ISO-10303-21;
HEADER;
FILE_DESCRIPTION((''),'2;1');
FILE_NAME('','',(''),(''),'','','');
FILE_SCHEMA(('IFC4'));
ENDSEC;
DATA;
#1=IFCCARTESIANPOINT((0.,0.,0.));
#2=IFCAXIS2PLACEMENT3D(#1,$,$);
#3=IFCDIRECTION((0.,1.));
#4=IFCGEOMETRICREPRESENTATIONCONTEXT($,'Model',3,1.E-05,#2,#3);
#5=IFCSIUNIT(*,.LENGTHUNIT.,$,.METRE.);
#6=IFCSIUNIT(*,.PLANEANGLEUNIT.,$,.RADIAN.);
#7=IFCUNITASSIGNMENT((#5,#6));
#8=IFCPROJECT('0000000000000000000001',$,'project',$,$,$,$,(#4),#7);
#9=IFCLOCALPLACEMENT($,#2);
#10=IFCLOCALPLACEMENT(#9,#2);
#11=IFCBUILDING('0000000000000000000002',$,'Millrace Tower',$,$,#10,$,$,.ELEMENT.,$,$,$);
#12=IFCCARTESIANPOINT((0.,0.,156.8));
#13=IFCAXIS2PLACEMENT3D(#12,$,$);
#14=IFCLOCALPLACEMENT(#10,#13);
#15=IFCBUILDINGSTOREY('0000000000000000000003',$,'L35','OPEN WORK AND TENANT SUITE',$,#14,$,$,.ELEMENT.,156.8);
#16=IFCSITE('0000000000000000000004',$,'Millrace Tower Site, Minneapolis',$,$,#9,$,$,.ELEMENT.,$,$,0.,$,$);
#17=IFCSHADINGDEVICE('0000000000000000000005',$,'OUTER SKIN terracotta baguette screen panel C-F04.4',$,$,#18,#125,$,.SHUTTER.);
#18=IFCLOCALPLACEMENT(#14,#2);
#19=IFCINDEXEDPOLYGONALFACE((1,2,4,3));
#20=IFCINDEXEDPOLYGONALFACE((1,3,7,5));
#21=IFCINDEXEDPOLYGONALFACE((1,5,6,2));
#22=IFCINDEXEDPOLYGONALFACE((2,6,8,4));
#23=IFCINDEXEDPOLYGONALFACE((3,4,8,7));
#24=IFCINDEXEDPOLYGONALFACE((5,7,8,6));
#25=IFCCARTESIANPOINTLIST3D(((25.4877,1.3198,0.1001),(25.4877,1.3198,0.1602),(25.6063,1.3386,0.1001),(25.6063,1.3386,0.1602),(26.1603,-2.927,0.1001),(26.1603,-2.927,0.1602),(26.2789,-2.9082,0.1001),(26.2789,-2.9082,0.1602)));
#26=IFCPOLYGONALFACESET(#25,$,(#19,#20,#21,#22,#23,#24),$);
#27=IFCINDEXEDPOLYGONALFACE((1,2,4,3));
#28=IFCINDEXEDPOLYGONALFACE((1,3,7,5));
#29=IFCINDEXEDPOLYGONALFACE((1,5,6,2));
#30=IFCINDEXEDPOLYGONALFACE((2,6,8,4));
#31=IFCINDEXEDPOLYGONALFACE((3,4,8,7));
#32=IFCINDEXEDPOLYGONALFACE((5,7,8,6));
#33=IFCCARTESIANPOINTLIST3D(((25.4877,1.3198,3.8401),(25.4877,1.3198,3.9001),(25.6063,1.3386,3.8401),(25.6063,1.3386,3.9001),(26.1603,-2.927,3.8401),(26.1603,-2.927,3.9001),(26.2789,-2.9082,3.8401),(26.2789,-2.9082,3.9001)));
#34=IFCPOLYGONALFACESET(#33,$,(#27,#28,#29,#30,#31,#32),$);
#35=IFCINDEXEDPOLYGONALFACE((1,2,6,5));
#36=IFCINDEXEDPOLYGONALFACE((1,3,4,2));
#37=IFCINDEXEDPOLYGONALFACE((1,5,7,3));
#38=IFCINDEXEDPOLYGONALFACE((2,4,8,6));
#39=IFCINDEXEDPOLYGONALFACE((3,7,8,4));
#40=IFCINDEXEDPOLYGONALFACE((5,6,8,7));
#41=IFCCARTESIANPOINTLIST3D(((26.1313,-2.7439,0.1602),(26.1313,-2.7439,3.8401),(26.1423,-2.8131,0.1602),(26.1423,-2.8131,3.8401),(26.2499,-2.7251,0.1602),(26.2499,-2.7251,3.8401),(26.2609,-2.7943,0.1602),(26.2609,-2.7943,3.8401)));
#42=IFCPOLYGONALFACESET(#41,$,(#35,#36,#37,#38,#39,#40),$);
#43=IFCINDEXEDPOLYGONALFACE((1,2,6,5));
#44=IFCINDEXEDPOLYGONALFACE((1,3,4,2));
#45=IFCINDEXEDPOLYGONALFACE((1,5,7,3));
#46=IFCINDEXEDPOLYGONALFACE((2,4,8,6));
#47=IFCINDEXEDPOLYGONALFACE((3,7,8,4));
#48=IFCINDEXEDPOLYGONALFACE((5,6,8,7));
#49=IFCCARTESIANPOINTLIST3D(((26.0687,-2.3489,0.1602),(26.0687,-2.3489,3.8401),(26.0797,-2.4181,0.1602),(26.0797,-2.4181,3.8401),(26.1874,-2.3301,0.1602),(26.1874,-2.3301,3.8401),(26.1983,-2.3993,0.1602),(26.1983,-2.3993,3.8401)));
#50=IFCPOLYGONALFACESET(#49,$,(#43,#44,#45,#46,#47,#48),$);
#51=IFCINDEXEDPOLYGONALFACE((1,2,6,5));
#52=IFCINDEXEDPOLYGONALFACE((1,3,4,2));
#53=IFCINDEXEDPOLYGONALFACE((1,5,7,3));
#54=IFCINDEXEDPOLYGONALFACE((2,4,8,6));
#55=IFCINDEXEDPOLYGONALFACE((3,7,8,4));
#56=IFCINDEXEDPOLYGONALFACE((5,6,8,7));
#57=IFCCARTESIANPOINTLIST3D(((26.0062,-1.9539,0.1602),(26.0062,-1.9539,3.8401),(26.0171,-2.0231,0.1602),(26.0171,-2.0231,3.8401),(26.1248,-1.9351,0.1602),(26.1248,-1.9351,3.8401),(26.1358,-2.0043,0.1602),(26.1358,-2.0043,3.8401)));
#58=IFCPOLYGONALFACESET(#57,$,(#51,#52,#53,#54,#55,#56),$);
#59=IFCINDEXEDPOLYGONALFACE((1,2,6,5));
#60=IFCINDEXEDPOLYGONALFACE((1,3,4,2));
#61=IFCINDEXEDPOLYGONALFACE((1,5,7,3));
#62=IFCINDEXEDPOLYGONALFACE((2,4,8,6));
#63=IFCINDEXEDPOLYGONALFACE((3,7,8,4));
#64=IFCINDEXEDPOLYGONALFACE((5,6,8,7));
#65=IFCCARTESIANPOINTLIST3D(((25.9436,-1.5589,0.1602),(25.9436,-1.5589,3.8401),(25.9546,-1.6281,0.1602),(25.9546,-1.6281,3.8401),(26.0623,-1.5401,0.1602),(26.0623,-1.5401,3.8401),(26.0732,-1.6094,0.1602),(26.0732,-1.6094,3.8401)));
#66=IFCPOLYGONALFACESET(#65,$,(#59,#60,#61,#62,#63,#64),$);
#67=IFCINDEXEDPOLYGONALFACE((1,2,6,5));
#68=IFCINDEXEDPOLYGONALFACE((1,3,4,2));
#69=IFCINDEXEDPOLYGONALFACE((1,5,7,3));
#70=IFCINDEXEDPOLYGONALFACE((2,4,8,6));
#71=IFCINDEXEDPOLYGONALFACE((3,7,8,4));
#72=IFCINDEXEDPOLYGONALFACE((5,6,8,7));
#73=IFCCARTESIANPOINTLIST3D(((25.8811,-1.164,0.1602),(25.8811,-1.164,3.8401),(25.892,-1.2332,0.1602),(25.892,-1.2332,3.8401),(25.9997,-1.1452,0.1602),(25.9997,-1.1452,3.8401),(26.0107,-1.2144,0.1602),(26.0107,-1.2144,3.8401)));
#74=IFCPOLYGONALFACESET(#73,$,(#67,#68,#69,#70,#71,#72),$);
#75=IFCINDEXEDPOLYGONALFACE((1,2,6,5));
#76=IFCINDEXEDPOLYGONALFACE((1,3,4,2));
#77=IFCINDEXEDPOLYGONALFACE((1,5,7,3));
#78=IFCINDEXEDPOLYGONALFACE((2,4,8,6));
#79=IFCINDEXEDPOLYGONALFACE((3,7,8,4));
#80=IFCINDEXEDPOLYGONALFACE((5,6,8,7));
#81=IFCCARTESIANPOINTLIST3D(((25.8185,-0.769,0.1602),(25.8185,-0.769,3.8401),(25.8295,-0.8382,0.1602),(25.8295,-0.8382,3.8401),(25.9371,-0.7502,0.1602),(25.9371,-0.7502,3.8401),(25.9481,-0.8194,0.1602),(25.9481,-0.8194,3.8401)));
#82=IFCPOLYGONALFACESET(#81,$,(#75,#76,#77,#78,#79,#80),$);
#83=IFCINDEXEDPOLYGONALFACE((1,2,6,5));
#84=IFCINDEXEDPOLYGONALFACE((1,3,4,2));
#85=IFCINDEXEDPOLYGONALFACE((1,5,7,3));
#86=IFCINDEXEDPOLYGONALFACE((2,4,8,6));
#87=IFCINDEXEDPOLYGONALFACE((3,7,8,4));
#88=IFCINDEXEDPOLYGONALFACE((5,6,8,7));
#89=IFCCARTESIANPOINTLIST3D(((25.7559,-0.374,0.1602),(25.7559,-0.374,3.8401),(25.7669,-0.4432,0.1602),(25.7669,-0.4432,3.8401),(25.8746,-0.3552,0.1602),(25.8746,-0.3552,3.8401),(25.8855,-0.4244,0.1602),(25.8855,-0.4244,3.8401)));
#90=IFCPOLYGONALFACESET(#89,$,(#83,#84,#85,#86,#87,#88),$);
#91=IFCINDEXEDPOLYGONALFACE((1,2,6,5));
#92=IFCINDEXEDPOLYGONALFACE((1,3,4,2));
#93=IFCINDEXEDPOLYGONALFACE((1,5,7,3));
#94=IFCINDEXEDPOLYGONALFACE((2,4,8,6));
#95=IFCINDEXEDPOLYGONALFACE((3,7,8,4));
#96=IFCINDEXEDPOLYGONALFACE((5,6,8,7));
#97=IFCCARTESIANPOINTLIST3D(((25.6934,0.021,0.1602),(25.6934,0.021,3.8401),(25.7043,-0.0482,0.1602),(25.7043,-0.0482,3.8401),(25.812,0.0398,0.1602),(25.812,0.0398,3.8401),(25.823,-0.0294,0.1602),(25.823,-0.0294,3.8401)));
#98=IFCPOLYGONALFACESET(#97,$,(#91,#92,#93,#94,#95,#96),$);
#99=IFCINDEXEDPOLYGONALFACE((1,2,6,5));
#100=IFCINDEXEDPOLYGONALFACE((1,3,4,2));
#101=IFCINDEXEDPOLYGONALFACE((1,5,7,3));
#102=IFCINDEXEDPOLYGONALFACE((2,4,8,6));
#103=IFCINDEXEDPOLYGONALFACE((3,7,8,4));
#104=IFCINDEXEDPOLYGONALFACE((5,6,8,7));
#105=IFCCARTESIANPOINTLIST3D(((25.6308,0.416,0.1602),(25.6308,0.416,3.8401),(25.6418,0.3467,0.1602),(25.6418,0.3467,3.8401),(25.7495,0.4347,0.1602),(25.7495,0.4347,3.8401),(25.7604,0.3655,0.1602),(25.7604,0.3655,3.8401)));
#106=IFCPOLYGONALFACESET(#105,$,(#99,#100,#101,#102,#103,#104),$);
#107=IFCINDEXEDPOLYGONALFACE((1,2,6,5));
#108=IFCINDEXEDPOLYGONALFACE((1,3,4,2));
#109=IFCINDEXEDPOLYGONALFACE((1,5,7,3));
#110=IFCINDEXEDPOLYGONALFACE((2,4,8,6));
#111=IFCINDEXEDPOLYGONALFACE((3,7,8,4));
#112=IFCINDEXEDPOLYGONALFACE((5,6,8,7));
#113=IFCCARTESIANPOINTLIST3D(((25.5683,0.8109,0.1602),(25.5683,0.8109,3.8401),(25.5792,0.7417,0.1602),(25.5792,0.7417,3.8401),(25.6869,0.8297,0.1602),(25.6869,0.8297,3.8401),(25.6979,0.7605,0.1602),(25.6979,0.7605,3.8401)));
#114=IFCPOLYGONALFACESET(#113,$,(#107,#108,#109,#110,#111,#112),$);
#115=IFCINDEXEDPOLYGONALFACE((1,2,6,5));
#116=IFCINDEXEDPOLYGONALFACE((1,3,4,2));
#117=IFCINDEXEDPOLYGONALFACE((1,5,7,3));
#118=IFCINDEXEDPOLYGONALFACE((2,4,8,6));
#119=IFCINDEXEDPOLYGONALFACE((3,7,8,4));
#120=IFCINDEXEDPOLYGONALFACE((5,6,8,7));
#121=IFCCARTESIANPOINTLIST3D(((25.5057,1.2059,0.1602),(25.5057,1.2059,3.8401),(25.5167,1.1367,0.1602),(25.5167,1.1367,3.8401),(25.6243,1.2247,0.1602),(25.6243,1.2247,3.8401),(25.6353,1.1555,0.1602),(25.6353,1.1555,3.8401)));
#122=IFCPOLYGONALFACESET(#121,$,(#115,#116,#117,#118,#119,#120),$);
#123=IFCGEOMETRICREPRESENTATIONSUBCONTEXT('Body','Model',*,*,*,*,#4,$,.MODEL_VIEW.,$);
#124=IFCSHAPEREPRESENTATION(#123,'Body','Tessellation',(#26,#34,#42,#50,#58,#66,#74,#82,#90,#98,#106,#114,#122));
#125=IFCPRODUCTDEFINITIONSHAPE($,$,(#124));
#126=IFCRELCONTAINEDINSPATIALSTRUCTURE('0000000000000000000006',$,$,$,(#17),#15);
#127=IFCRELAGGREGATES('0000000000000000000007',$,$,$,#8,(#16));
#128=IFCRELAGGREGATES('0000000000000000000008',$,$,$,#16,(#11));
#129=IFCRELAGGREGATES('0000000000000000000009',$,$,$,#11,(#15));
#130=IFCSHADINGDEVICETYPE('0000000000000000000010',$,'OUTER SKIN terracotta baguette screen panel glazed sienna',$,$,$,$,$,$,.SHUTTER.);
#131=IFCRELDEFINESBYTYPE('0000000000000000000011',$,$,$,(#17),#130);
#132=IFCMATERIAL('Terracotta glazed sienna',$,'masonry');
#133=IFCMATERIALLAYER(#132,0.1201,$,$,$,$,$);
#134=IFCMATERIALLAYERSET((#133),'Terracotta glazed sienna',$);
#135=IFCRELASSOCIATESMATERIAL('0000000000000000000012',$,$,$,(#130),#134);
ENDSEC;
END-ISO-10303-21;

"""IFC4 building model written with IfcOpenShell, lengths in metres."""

from ifc_helpers import new_model, entity, si_unit, direction, frame, frame_2d, origin, origin_2d, place, context, subcontext, project, spatial, rectangle, extrude, source, transform, mapped, material, layer, layer_set, type_object, element, save


model = new_model("IFC4")

# Units and contexts
model_context = context("Model", 3, precision=1e-05, world=origin(), true_north=direction((0.0, 1.0)))
body_context = subcontext(model_context, "Body", "Model", "MODEL_VIEW")
ifc_project = project(units=[si_unit("LENGTHUNIT", "METRE"), si_unit("PLANEANGLEUNIT", "RADIAN")], contexts=[model_context])

# Site, building, storey
site_placement = place(None, origin())
site = spatial("IfcSite", under=ifc_project, at=site_placement, Name="Millrace Tower Site, Minneapolis", CompositionType="ELEMENT", RefElevation=0.0)
building_placement = place(site_placement, origin())
building = spatial("IfcBuilding", under=site, at=building_placement, Name="Millrace Tower", CompositionType="ELEMENT")
storey_placement = place(building_placement, frame((0.0, 0.0, 156.8)))
storey = spatial("IfcBuildingStorey", under=building, at=storey_placement, Name="L35", Description="OPEN WORK AND TENANT SUITE", CompositionType="ELEMENT", Elevation=156.8)

# Shading device
ifc_material_1 = material(Name="Terracotta glazed sienna", Category="masonry")
ifc_layer_1 = layer(ifc_material_1, 0.1201)
ifc_layer_set_1 = layer_set([ifc_layer_1], Name="Terracotta glazed sienna")
shading_device_type = type_object("IfcShadingDeviceType", Name="OUTER SKIN terracotta baguette screen panel glazed sienna", PredefinedType="SHUTTER", material=ifc_layer_set_1)
cartesian_point = entity("IfcCartesianPoint", [-2.1499, 0.0601])
shared_polyline = entity("IfcPolyline", [cartesian_point, entity("IfcCartesianPoint", [2.1499, 0.0601]), entity("IfcCartesianPoint", [2.1499, -0.0601]), entity("IfcCartesianPoint", [-2.1499, -0.0601]), cartesian_point])
shared_shape = source(origin(), body_context, "Body", "SweptSolid", [
    entity("IfcExtrudedAreaSolid", entity("IfcArbitraryClosedProfileDef", "AREA", None, shared_polyline), entity("IfcAxis2Placement3D", entity("IfcCartesianPoint", [0.0, 0.0, 0.0])), entity("IfcDirection", [0.0, 0.0, 1.0]), 0.0601),
    entity("IfcExtrudedAreaSolid", entity("IfcArbitraryClosedProfileDef", "AREA", None, shared_polyline), entity("IfcAxis2Placement3D", entity("IfcCartesianPoint", [0.0, 0.0, 3.74])), entity("IfcDirection", [0.0, 0.0, 1.0]), 0.0601),
    extrude(rectangle(XDim=0.0701, YDim=0.1201, at=frame_2d((-1.9995, 0.0))), frame((0.0, 0.0, 0.0601)), (0.0, 0.0, 1.0), 3.6799),
    extrude(rectangle(XDim=0.0701, YDim=0.1201, at=frame_2d((-1.5996, 0.0))), frame((0.0, 0.0, 0.0601)), (0.0, 0.0, 1.0), 3.6799),
    extrude(rectangle(XDim=0.0701, YDim=0.1201, at=frame_2d((-1.1997, 0.0))), frame((0.0, 0.0, 0.0601)), (0.0, 0.0, 1.0), 3.6799),
    extrude(rectangle(XDim=0.0701, YDim=0.1201, at=frame_2d((-0.7998, 0.0))), frame((0.0, 0.0, 0.0601)), (0.0, 0.0, 1.0), 3.6799),
    extrude(rectangle(XDim=0.0701, YDim=0.1201, at=frame_2d((-0.3999, 0.0))), frame((0.0, 0.0, 0.0601)), (0.0, 0.0, 1.0), 3.6799),
    extrude(rectangle(XDim=0.0701, YDim=0.1201, at=origin_2d()), frame((0.0, 0.0, 0.0601)), (0.0, 0.0, 1.0), 3.6799),
    extrude(rectangle(XDim=0.0701, YDim=0.1201, at=frame_2d((0.3999, 0.0))), frame((0.0, 0.0, 0.0601)), (0.0, 0.0, 1.0), 3.6799),
    extrude(rectangle(XDim=0.0701, YDim=0.1201, at=frame_2d((0.7998, 0.0))), frame((0.0, 0.0, 0.0601)), (0.0, 0.0, 1.0), 3.6799),
    extrude(rectangle(XDim=0.0701, YDim=0.1201, at=frame_2d((1.1997, 0.0))), frame((0.0, 0.0, 0.0601)), (0.0, 0.0, 1.0), 3.6799),
    extrude(rectangle(XDim=0.0701, YDim=0.1201, at=frame_2d((1.5996, 0.0))), frame((0.0, 0.0, 0.0601)), (0.0, 0.0, 1.0), 3.6799),
    extrude(rectangle(XDim=0.0701, YDim=0.1201, at=frame_2d((1.9995, 0.0))), frame((0.0, 0.0, 0.0601)), (0.0, 0.0, 1.0), 3.6799),
])
for number, where, z_axis, x_axis, name in (
    (1, (25.8833, -0.7942, 0.1001), (0.0, 0.0, 1.0), (-0.156434, 0.987688, 0.0), "OUTER SKIN terracotta baguette screen panel C-F04.4"),
):
    element("IfcShadingDevice", number, at=place(storey_placement, frame(where, z_axis=z_axis, x_axis=x_axis)), inside=storey, type_object=shading_device_type, Name=name, PredefinedType="SHUTTER", context=body_context, shape_type="MappedRepresentation", body=[
        mapped(shared_shape, transform((0.0, 0.0, 0.0), scale=1.0)),
    ])

save(model, "model.ifc")
